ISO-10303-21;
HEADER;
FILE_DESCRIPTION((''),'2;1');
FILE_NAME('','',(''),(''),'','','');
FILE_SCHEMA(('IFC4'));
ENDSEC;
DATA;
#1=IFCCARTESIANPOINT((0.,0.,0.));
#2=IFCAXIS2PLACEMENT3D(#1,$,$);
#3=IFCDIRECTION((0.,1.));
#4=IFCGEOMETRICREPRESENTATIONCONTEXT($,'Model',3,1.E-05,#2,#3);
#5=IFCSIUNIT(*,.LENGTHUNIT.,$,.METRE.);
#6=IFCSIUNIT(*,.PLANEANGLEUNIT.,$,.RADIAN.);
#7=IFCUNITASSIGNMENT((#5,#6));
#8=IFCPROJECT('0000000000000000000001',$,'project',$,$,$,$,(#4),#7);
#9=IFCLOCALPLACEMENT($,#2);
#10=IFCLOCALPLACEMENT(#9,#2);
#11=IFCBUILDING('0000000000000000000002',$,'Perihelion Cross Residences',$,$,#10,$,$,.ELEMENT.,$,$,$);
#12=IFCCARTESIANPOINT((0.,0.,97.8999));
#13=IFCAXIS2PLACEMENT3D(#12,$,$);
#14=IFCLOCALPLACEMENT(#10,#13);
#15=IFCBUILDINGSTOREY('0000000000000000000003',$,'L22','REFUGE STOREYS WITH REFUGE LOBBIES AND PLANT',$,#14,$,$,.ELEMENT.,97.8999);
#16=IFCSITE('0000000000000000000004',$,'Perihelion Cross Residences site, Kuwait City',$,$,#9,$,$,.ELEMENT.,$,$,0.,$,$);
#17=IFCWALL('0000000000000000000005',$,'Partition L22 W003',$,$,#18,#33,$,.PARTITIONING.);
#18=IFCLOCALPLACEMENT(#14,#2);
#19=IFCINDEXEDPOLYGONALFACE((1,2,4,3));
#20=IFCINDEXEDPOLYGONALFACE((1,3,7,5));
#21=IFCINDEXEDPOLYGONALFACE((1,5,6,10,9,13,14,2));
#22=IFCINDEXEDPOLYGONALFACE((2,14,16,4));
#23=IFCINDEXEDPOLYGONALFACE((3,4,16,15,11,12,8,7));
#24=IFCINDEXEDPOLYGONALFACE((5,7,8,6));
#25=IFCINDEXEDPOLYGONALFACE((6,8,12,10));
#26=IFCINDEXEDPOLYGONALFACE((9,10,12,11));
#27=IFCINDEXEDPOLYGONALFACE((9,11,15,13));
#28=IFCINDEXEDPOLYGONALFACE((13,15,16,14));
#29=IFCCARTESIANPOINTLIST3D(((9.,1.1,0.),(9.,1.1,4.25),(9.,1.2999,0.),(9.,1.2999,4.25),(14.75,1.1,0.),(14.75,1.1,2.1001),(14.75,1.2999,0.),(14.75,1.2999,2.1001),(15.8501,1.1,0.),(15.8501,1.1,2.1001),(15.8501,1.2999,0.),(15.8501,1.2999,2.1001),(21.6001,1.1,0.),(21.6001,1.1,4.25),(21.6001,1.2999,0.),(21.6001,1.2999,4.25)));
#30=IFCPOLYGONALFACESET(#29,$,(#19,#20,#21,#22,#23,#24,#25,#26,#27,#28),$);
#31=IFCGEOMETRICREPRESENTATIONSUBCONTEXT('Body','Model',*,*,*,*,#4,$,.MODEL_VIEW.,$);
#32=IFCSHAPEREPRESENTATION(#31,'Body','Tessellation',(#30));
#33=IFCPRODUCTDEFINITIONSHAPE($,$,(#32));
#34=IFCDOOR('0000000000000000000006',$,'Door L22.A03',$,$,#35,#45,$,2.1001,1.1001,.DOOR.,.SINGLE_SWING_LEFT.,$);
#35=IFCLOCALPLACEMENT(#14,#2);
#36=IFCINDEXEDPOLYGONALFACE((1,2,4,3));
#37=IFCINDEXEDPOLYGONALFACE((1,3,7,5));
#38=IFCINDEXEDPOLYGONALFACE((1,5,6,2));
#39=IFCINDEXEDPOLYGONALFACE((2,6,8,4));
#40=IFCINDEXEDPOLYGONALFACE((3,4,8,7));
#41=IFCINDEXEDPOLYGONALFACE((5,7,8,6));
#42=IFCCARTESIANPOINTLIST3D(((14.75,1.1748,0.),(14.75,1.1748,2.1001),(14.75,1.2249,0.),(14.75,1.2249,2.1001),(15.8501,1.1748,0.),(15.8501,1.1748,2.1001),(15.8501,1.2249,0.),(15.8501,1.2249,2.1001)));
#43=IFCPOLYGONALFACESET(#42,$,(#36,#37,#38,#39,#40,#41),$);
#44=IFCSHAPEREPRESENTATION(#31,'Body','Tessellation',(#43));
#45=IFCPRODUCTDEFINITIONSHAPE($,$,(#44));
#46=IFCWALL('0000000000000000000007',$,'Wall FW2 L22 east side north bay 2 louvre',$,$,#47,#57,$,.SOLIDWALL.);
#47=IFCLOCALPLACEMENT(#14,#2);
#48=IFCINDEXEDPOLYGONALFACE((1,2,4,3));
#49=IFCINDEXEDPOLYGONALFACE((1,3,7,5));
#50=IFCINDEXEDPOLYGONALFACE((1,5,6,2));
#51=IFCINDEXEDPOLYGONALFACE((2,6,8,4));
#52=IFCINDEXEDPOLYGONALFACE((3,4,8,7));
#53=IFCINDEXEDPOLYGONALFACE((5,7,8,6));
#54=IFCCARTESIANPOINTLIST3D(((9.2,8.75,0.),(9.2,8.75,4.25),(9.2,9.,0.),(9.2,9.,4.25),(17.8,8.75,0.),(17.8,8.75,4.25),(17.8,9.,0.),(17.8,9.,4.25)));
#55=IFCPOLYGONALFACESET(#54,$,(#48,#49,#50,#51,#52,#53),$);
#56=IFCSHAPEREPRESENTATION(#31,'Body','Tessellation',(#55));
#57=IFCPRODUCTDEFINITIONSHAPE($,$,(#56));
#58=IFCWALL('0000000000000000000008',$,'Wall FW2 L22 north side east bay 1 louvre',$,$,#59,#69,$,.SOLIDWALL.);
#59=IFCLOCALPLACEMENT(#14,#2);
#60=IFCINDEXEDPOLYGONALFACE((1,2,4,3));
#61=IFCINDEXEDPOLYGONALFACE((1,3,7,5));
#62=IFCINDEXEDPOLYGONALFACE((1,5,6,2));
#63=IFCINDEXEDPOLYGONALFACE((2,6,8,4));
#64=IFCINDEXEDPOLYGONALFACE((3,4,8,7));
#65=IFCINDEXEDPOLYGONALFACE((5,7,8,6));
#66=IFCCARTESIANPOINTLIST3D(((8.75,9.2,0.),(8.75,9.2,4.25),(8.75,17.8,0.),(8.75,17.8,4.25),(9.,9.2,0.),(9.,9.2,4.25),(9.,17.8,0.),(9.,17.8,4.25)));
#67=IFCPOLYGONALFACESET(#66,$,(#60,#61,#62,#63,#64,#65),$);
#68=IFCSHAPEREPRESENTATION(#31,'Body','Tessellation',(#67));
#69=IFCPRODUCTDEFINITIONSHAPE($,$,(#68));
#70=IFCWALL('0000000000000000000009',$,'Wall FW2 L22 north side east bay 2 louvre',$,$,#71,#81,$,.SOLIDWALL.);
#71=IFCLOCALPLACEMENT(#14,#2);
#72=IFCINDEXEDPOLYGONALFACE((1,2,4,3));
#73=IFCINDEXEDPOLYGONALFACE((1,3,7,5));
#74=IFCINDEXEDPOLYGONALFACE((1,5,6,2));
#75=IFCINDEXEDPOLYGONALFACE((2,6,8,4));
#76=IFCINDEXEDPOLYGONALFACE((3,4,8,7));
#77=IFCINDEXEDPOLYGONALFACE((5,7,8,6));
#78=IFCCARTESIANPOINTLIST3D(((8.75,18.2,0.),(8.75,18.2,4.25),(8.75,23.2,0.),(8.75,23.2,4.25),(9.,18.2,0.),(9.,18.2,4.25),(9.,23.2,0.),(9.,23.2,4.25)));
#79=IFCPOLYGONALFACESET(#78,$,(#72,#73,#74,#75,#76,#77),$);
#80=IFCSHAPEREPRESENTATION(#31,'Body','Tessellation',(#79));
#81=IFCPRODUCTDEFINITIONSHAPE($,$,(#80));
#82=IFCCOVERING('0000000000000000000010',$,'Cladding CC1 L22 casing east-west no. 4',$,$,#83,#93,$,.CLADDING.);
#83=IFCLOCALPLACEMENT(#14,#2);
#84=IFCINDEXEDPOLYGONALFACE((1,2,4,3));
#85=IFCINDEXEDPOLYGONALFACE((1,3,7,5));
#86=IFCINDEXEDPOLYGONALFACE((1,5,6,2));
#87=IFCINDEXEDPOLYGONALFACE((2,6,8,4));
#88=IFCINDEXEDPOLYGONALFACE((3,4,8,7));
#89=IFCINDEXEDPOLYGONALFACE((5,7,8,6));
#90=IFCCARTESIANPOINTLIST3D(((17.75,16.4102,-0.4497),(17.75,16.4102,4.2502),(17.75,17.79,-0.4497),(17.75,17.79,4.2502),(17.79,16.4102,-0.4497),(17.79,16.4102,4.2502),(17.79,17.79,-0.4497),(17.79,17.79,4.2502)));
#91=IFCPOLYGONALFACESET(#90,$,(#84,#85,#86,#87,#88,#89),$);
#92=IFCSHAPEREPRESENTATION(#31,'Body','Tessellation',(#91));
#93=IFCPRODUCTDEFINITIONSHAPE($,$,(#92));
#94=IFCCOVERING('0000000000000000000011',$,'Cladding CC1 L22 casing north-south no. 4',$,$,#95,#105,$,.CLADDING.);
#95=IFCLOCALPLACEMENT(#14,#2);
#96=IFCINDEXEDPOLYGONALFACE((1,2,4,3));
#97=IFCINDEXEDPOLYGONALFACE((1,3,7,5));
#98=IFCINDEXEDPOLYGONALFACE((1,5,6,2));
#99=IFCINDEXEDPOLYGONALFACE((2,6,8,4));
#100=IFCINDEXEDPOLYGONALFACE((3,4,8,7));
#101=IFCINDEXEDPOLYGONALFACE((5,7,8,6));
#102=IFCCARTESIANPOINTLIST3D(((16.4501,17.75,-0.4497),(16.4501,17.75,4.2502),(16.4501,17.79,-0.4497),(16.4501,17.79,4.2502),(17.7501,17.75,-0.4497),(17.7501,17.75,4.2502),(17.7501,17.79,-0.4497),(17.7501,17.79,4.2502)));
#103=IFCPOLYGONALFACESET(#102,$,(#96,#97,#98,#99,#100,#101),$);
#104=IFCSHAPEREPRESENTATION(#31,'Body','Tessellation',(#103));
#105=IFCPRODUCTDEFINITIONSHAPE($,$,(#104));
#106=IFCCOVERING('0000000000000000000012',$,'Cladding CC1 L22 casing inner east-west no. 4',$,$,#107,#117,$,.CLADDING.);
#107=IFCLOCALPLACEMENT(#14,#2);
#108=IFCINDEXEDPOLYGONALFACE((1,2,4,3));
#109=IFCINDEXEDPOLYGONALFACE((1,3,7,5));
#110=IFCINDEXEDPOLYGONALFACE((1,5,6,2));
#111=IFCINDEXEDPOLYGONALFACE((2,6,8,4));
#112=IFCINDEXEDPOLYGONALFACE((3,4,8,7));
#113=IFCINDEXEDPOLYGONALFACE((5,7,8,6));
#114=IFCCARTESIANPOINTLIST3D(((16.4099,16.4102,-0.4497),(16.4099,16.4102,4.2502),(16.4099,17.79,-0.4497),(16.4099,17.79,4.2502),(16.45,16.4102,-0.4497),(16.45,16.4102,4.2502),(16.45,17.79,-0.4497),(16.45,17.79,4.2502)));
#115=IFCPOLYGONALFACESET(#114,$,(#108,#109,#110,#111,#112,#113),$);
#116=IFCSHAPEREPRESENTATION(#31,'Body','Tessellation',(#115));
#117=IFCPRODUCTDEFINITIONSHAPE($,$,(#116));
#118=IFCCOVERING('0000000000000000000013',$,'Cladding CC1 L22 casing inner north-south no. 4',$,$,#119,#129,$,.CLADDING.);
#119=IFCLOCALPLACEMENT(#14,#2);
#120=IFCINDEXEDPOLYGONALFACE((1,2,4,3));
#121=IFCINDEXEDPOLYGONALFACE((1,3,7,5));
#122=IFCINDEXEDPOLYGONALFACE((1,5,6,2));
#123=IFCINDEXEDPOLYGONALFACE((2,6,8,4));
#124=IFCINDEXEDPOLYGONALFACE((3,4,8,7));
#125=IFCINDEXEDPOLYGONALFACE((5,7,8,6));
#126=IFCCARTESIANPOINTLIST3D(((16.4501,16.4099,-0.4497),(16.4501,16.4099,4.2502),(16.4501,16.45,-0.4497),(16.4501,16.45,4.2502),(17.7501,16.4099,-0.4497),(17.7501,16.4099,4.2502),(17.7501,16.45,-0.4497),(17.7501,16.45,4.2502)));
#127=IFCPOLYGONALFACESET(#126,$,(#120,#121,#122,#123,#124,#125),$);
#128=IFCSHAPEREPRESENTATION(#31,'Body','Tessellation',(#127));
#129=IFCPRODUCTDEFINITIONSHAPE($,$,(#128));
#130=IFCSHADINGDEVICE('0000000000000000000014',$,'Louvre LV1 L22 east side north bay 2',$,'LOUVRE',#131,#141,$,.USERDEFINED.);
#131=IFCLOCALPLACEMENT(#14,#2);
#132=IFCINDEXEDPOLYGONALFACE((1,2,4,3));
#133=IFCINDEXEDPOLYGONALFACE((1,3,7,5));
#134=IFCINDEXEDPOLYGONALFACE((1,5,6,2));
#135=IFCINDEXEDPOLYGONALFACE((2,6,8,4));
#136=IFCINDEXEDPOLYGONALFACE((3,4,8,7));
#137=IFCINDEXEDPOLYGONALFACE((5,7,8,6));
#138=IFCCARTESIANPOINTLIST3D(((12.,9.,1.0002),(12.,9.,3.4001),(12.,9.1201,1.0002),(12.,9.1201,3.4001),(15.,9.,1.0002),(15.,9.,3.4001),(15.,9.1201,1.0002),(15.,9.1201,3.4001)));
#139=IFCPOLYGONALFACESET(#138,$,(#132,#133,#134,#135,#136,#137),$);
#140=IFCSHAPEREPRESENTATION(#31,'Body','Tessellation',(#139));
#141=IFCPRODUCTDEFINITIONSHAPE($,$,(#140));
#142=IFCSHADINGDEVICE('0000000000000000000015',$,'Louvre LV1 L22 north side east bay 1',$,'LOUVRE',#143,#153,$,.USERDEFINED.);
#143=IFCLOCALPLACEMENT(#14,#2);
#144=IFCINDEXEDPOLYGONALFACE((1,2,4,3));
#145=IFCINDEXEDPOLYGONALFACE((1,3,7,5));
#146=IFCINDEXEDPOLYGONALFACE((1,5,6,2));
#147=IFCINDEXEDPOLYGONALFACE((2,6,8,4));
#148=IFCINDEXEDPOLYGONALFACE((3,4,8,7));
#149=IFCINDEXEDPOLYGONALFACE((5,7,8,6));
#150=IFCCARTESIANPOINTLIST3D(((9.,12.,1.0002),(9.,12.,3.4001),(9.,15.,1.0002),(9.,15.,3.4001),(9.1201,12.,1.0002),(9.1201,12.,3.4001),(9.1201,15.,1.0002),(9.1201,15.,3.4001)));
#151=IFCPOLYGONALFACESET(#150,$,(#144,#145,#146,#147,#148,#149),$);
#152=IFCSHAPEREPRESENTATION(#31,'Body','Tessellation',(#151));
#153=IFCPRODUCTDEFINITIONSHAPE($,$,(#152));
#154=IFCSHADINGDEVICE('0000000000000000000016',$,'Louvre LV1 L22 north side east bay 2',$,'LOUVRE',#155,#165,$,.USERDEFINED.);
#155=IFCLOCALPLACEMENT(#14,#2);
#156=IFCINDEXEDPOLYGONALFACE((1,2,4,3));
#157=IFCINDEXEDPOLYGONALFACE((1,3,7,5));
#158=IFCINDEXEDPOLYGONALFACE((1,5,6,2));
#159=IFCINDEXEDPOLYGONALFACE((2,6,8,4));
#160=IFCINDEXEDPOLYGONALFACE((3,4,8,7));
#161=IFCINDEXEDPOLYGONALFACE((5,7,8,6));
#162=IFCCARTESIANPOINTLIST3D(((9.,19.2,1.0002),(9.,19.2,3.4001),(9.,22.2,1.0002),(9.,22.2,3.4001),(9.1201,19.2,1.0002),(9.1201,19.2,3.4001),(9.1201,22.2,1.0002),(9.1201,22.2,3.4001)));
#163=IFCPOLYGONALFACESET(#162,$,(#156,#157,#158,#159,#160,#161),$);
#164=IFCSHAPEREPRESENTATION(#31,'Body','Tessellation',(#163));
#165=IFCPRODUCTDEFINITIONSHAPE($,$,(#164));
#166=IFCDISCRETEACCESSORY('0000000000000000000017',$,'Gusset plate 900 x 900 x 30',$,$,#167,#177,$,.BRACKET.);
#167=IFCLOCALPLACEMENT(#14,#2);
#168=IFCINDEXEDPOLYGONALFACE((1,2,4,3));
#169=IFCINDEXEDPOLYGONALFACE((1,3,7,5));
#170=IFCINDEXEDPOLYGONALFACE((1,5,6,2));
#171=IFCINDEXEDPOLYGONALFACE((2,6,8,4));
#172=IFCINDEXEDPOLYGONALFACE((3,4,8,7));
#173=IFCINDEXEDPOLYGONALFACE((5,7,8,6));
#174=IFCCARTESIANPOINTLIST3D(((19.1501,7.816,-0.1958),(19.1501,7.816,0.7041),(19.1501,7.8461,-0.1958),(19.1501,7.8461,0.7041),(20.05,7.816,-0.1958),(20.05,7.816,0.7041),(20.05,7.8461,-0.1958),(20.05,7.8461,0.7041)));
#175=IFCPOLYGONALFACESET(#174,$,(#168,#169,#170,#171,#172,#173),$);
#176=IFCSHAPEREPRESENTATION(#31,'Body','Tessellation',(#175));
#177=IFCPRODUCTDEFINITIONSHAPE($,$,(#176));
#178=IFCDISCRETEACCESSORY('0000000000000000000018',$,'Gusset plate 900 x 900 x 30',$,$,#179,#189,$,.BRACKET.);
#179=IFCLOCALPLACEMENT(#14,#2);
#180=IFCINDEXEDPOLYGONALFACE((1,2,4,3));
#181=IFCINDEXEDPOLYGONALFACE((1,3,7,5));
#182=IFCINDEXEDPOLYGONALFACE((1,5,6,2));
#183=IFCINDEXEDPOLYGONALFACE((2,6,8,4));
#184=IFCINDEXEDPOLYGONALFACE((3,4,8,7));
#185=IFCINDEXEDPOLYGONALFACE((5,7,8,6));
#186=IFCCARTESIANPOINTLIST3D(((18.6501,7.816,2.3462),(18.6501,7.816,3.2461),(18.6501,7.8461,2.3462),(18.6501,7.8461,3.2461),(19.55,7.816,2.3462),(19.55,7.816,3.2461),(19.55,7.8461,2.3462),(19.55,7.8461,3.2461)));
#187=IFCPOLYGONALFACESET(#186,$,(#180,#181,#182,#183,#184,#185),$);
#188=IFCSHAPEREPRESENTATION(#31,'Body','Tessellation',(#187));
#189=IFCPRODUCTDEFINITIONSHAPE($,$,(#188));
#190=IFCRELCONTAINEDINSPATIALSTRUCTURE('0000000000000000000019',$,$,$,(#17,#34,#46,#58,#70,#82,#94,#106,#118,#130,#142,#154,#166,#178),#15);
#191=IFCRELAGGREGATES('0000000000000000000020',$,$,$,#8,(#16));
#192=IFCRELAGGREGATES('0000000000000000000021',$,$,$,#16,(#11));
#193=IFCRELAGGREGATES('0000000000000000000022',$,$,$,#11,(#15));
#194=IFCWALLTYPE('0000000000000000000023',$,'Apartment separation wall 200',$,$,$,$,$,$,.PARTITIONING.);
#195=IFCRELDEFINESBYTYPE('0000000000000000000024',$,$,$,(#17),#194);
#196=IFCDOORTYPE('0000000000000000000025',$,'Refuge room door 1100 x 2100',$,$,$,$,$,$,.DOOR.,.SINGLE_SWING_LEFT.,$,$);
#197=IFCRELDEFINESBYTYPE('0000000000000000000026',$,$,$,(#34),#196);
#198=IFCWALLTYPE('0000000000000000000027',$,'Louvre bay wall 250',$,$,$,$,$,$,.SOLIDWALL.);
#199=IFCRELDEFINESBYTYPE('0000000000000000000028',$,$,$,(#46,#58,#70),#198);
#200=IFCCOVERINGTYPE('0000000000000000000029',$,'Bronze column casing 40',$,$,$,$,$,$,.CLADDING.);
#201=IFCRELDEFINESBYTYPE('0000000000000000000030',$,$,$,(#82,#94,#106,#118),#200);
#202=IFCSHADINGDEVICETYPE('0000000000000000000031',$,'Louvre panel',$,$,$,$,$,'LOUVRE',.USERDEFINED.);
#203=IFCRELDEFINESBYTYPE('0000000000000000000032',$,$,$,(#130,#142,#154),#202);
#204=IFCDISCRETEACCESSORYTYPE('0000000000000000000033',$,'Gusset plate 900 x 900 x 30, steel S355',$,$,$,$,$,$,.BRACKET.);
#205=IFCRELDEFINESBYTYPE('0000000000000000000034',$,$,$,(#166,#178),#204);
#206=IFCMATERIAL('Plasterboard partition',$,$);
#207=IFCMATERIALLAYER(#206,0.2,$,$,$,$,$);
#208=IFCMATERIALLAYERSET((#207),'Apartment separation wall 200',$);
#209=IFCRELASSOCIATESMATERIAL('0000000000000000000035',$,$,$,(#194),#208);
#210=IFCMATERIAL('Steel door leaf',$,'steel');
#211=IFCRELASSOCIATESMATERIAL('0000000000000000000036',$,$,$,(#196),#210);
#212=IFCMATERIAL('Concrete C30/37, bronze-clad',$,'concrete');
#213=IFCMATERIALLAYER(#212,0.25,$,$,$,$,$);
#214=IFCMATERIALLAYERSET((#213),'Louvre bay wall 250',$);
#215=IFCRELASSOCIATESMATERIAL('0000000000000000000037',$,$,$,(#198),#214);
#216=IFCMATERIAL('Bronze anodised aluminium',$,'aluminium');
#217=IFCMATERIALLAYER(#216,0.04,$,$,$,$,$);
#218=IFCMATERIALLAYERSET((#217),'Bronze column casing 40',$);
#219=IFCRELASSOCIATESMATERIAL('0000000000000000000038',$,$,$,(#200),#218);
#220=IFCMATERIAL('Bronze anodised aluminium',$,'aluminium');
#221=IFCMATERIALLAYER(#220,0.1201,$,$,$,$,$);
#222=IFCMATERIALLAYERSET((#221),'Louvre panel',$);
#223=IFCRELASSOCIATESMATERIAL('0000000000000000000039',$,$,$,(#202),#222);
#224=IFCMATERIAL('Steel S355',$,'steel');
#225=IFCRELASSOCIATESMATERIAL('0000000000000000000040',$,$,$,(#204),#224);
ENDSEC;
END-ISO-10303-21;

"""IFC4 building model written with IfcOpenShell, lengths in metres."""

from ifc_helpers import new_model, si_unit, direction, frame, frame_2d, origin, origin_2d, place, context, subcontext, project, spatial, rectangle, extrude, material, layer, layer_set, type_object, element, fill, save


model = new_model("IFC4")

# Units and contexts
model_context = context("Model", 3, precision=1e-05, world=origin(), true_north=direction((0.0, 1.0)))
body_context = subcontext(model_context, "Body", "Model", "MODEL_VIEW")
ifc_project = project(units=[si_unit("LENGTHUNIT", "METRE"), si_unit("PLANEANGLEUNIT", "RADIAN")], contexts=[model_context])

# Site, building, storey
site_placement = place(None, origin())
site = spatial("IfcSite", under=ifc_project, at=site_placement, Name="Perihelion Cross Residences site, Kuwait City", CompositionType="ELEMENT", RefElevation=0.0)
building_placement = place(site_placement, origin())
building = spatial("IfcBuilding", under=site, at=building_placement, Name="Perihelion Cross Residences", CompositionType="ELEMENT")
storey_placement = place(building_placement, frame((0.0, 0.0, 97.8999)))
storey = spatial("IfcBuildingStorey", under=building, at=storey_placement, Name="L22", Description="REFUGE STOREYS WITH REFUGE LOBBIES AND PLANT", CompositionType="ELEMENT", Elevation=97.8999)

# Wall, opening, door
ifc_material_1 = material(Name="Plasterboard partition")
ifc_layer_1 = layer(ifc_material_1, 0.2)
ifc_layer_set_1 = layer_set([ifc_layer_1], Name="Apartment separation wall 200")
wall_type_1 = type_object("IfcWallType", Name="Apartment separation wall 200", PredefinedType="PARTITIONING", material=ifc_layer_set_1)
wall_1_placement = place(storey_placement, frame((9.0, 1.2, 0.0), z_axis=(0.0, 0.0, 1.0), x_axis=(1.0, 0.0, 0.0)))
wall_1 = element("IfcWall", 1, at=wall_1_placement, inside=storey, type_object=wall_type_1, Name="Partition L22 W003", PredefinedType="PARTITIONING", context=body_context, shape_type="SweptSolid", body=[
    extrude(rectangle(XDim=12.6001, YDim=0.2, at=frame_2d((6.3, 0.0))), origin(), (0.0, 0.0, 1.0), 4.25),
])
opening_placement = place(wall_1_placement, frame((5.75, 0.0, 0.0)))
opening = element("IfcOpeningElement", 2, at=opening_placement, cuts=wall_1, PredefinedType="OPENING", context=body_context, shape_type="SweptSolid", body=[
    extrude(rectangle(XDim=1.1001, YDim=2.1001, at=frame_2d((0.55, 1.05))), frame((0.0, 0.1099, 0.0), z_axis=(0.0, -1.0, 0.0), x_axis=(1.0, 0.0, 0.0)), (0.0, 0.0, 1.0), 0.22),
])
ifc_material_2 = material(Name="Steel door leaf", Category="steel")
door_type = type_object("IfcDoorType", Name="Refuge room door 1100 x 2100", OperationType="SINGLE_SWING_LEFT", PredefinedType="DOOR", material=ifc_material_2)
door_placement = place(opening_placement, origin())
door = element("IfcDoor", 3, at=door_placement, inside=storey, type_object=door_type, Name="Door L22.A03", OperationType="SINGLE_SWING_LEFT", OverallHeight=2.1001, OverallWidth=1.1001, PredefinedType="DOOR", context=body_context, shape_type="SweptSolid", body=[
    extrude(rectangle(XDim=1.1001, YDim=2.1001, at=frame_2d((0.55, 1.05))), frame((0.0, 0.0249, 0.0), z_axis=(0.0, -1.0, 0.0), x_axis=(1.0, 0.0, 0.0)), (0.0, 0.0, 1.0), 0.05),
])
fill(opening, door)

# Walls
ifc_material_3 = material(Name="Concrete C30/37, bronze-clad", Category="concrete")
ifc_layer_2 = layer(ifc_material_3, 0.25)
ifc_layer_set_2 = layer_set([ifc_layer_2], Name="Louvre bay wall 250")
wall_type_2 = type_object("IfcWallType", Name="Louvre bay wall 250", PredefinedType="SOLIDWALL", material=ifc_layer_set_2)
for number, where, z_axis, x_axis, name in (
    (4, (17.8, 8.875, 0.0), (0.0, 0.0, 1.0), (-1.0, 0.0, 0.0), "Wall FW2 L22 east side north bay 2 louvre"),
    (5, (8.875, 9.2, 0.0), (0.0, 0.0, 1.0), (0.0, 1.0, 0.0), "Wall FW2 L22 north side east bay 1 louvre"),
):
    element("IfcWall", number, at=place(storey_placement, frame(where, z_axis=z_axis, x_axis=x_axis)), inside=storey, type_object=wall_type_2, Name=name, PredefinedType="SOLIDWALL", context=body_context, shape_type="SweptSolid", body=[
        extrude(rectangle(XDim=8.6001, YDim=0.25, at=frame_2d((4.3, 0.0))), origin(), (0.0, 0.0, 1.0), 4.25),
    ])
wall_2_placement = place(storey_placement, frame((8.875, 18.2, 0.0), z_axis=(0.0, 0.0, 1.0), x_axis=(0.0, 1.0, 0.0)))
element("IfcWall", 6, at=wall_2_placement, inside=storey, type_object=wall_type_2, Name="Wall FW2 L22 north side east bay 2 louvre", PredefinedType="SOLIDWALL", context=body_context, shape_type="SweptSolid", body=[
    extrude(rectangle(XDim=5.0, YDim=0.25, at=frame_2d((2.5, 0.0))), origin(), (0.0, 0.0, 1.0), 4.25),
])

# Coverings
ifc_material_4 = material(Name="Bronze anodised aluminium", Category="aluminium")
ifc_layer_3 = layer(ifc_material_4, 0.04)
ifc_layer_set_3 = layer_set([ifc_layer_3], Name="Bronze column casing 40")
covering_type = type_object("IfcCoveringType", Name="Bronze column casing 40", PredefinedType="CLADDING", material=ifc_layer_set_3)
covering_1_placement = place(storey_placement, frame((17.77, 17.1001, -0.4497), z_axis=(0.0, 0.0, 1.0), x_axis=(1.0, 0.0, 0.0)))
element("IfcCovering", 7, at=covering_1_placement, inside=storey, type_object=covering_type, Name="Cladding CC1 L22 casing east-west no. 4", PredefinedType="CLADDING", context=body_context, shape_type="SweptSolid", body=[
    extrude(rectangle(XDim=0.04, YDim=1.3799, at=origin_2d()), origin(), (0.0, 0.0, 1.0), 4.7),
])
covering_2_placement = place(storey_placement, frame((17.1001, 17.77, -0.4497), z_axis=(0.0, 0.0, 1.0), x_axis=(1.0, 0.0, 0.0)))
element("IfcCovering", 8, at=covering_2_placement, inside=storey, type_object=covering_type, Name="Cladding CC1 L22 casing north-south no. 4", PredefinedType="CLADDING", context=body_context, shape_type="SweptSolid", body=[
    extrude(rectangle(XDim=1.3, YDim=0.04, at=origin_2d()), origin(), (0.0, 0.0, 1.0), 4.7),
])
covering_3_placement = place(storey_placement, frame((16.4299, 17.1001, -0.4497), z_axis=(0.0, 0.0, 1.0), x_axis=(1.0, 0.0, 0.0)))
element("IfcCovering", 9, at=covering_3_placement, inside=storey, type_object=covering_type, Name="Cladding CC1 L22 casing inner east-west no. 4", PredefinedType="CLADDING", context=body_context, shape_type="SweptSolid", body=[
    extrude(rectangle(XDim=0.04, YDim=1.3799, at=origin_2d()), origin(), (0.0, 0.0, 1.0), 4.7),
])
covering_4_placement = place(storey_placement, frame((17.1001, 16.4299, -0.4497), z_axis=(0.0, 0.0, 1.0), x_axis=(1.0, 0.0, 0.0)))
element("IfcCovering", 10, at=covering_4_placement, inside=storey, type_object=covering_type, Name="Cladding CC1 L22 casing inner north-south no. 4", PredefinedType="CLADDING", context=body_context, shape_type="SweptSolid", body=[
    extrude(rectangle(XDim=1.3, YDim=0.04, at=origin_2d()), origin(), (0.0, 0.0, 1.0), 4.7),
])

# Shading devices
ifc_material_5 = material(Name="Bronze anodised aluminium", Category="aluminium")
ifc_layer_4 = layer(ifc_material_5, 0.1201)
ifc_layer_set_4 = layer_set([ifc_layer_4], Name="Louvre panel")
shading_device_type = type_object("IfcShadingDeviceType", Name="Louvre panel", ElementType="LOUVRE", PredefinedType="USERDEFINED", material=ifc_layer_set_4)
for number, where, z_axis, x_axis, name in (
    (11, (13.5, 9.0601, 1.0002), (0.0, 0.0, 1.0), (-1.0, 0.0, 0.0), "Louvre LV1 L22 east side north bay 2"),
    (12, (9.0601, 13.5, 1.0002), (0.0, 0.0, 1.0), (0.0, 1.0, 0.0), "Louvre LV1 L22 north side east bay 1"),
    (13, (9.0601, 20.7, 1.0002), (0.0, 0.0, 1.0), (0.0, 1.0, 0.0), "Louvre LV1 L22 north side east bay 2"),
):
    element("IfcShadingDevice", number, at=place(storey_placement, frame(where, z_axis=z_axis, x_axis=x_axis)), inside=storey, type_object=shading_device_type, Name=name, ObjectType="LOUVRE", PredefinedType="USERDEFINED", context=body_context, shape_type="SweptSolid", body=[
        extrude(rectangle(XDim=3.0, YDim=0.1201, at=origin_2d()), origin(), (0.0, 0.0, 1.0), 2.3999),
    ])

# Discrete accessories
ifc_material_6 = material(Name="Steel S355", Category="steel")
discrete_accessory_type = type_object("IfcDiscreteAccessoryType", Name="Gusset plate 900 x 900 x 30, steel S355", PredefinedType="BRACKET", material=ifc_material_6)
for number, where, z_axis, x_axis, name in (
    (14, (19.6001, 7.8311, -0.1958), (0.0, 0.0, 1.0), (-1.0, 0.0, 0.0), "Gusset plate 900 x 900 x 30"),
    (15, (19.1001, 7.8311, 2.3462), (0.0, 0.0, 1.0), (1.0, 0.0, 0.0), "Gusset plate 900 x 900 x 30"),
):
    element("IfcDiscreteAccessory", number, at=place(storey_placement, frame(where, z_axis=z_axis, x_axis=x_axis)), inside=storey, type_object=discrete_accessory_type, Name=name, PredefinedType="BRACKET", context=body_context, shape_type="SweptSolid", body=[
        extrude(rectangle(XDim=0.8999, YDim=0.03, at=origin_2d()), origin(), (0.0, 0.0, 1.0), 0.8999),
    ])

save(model, "model.ifc")
